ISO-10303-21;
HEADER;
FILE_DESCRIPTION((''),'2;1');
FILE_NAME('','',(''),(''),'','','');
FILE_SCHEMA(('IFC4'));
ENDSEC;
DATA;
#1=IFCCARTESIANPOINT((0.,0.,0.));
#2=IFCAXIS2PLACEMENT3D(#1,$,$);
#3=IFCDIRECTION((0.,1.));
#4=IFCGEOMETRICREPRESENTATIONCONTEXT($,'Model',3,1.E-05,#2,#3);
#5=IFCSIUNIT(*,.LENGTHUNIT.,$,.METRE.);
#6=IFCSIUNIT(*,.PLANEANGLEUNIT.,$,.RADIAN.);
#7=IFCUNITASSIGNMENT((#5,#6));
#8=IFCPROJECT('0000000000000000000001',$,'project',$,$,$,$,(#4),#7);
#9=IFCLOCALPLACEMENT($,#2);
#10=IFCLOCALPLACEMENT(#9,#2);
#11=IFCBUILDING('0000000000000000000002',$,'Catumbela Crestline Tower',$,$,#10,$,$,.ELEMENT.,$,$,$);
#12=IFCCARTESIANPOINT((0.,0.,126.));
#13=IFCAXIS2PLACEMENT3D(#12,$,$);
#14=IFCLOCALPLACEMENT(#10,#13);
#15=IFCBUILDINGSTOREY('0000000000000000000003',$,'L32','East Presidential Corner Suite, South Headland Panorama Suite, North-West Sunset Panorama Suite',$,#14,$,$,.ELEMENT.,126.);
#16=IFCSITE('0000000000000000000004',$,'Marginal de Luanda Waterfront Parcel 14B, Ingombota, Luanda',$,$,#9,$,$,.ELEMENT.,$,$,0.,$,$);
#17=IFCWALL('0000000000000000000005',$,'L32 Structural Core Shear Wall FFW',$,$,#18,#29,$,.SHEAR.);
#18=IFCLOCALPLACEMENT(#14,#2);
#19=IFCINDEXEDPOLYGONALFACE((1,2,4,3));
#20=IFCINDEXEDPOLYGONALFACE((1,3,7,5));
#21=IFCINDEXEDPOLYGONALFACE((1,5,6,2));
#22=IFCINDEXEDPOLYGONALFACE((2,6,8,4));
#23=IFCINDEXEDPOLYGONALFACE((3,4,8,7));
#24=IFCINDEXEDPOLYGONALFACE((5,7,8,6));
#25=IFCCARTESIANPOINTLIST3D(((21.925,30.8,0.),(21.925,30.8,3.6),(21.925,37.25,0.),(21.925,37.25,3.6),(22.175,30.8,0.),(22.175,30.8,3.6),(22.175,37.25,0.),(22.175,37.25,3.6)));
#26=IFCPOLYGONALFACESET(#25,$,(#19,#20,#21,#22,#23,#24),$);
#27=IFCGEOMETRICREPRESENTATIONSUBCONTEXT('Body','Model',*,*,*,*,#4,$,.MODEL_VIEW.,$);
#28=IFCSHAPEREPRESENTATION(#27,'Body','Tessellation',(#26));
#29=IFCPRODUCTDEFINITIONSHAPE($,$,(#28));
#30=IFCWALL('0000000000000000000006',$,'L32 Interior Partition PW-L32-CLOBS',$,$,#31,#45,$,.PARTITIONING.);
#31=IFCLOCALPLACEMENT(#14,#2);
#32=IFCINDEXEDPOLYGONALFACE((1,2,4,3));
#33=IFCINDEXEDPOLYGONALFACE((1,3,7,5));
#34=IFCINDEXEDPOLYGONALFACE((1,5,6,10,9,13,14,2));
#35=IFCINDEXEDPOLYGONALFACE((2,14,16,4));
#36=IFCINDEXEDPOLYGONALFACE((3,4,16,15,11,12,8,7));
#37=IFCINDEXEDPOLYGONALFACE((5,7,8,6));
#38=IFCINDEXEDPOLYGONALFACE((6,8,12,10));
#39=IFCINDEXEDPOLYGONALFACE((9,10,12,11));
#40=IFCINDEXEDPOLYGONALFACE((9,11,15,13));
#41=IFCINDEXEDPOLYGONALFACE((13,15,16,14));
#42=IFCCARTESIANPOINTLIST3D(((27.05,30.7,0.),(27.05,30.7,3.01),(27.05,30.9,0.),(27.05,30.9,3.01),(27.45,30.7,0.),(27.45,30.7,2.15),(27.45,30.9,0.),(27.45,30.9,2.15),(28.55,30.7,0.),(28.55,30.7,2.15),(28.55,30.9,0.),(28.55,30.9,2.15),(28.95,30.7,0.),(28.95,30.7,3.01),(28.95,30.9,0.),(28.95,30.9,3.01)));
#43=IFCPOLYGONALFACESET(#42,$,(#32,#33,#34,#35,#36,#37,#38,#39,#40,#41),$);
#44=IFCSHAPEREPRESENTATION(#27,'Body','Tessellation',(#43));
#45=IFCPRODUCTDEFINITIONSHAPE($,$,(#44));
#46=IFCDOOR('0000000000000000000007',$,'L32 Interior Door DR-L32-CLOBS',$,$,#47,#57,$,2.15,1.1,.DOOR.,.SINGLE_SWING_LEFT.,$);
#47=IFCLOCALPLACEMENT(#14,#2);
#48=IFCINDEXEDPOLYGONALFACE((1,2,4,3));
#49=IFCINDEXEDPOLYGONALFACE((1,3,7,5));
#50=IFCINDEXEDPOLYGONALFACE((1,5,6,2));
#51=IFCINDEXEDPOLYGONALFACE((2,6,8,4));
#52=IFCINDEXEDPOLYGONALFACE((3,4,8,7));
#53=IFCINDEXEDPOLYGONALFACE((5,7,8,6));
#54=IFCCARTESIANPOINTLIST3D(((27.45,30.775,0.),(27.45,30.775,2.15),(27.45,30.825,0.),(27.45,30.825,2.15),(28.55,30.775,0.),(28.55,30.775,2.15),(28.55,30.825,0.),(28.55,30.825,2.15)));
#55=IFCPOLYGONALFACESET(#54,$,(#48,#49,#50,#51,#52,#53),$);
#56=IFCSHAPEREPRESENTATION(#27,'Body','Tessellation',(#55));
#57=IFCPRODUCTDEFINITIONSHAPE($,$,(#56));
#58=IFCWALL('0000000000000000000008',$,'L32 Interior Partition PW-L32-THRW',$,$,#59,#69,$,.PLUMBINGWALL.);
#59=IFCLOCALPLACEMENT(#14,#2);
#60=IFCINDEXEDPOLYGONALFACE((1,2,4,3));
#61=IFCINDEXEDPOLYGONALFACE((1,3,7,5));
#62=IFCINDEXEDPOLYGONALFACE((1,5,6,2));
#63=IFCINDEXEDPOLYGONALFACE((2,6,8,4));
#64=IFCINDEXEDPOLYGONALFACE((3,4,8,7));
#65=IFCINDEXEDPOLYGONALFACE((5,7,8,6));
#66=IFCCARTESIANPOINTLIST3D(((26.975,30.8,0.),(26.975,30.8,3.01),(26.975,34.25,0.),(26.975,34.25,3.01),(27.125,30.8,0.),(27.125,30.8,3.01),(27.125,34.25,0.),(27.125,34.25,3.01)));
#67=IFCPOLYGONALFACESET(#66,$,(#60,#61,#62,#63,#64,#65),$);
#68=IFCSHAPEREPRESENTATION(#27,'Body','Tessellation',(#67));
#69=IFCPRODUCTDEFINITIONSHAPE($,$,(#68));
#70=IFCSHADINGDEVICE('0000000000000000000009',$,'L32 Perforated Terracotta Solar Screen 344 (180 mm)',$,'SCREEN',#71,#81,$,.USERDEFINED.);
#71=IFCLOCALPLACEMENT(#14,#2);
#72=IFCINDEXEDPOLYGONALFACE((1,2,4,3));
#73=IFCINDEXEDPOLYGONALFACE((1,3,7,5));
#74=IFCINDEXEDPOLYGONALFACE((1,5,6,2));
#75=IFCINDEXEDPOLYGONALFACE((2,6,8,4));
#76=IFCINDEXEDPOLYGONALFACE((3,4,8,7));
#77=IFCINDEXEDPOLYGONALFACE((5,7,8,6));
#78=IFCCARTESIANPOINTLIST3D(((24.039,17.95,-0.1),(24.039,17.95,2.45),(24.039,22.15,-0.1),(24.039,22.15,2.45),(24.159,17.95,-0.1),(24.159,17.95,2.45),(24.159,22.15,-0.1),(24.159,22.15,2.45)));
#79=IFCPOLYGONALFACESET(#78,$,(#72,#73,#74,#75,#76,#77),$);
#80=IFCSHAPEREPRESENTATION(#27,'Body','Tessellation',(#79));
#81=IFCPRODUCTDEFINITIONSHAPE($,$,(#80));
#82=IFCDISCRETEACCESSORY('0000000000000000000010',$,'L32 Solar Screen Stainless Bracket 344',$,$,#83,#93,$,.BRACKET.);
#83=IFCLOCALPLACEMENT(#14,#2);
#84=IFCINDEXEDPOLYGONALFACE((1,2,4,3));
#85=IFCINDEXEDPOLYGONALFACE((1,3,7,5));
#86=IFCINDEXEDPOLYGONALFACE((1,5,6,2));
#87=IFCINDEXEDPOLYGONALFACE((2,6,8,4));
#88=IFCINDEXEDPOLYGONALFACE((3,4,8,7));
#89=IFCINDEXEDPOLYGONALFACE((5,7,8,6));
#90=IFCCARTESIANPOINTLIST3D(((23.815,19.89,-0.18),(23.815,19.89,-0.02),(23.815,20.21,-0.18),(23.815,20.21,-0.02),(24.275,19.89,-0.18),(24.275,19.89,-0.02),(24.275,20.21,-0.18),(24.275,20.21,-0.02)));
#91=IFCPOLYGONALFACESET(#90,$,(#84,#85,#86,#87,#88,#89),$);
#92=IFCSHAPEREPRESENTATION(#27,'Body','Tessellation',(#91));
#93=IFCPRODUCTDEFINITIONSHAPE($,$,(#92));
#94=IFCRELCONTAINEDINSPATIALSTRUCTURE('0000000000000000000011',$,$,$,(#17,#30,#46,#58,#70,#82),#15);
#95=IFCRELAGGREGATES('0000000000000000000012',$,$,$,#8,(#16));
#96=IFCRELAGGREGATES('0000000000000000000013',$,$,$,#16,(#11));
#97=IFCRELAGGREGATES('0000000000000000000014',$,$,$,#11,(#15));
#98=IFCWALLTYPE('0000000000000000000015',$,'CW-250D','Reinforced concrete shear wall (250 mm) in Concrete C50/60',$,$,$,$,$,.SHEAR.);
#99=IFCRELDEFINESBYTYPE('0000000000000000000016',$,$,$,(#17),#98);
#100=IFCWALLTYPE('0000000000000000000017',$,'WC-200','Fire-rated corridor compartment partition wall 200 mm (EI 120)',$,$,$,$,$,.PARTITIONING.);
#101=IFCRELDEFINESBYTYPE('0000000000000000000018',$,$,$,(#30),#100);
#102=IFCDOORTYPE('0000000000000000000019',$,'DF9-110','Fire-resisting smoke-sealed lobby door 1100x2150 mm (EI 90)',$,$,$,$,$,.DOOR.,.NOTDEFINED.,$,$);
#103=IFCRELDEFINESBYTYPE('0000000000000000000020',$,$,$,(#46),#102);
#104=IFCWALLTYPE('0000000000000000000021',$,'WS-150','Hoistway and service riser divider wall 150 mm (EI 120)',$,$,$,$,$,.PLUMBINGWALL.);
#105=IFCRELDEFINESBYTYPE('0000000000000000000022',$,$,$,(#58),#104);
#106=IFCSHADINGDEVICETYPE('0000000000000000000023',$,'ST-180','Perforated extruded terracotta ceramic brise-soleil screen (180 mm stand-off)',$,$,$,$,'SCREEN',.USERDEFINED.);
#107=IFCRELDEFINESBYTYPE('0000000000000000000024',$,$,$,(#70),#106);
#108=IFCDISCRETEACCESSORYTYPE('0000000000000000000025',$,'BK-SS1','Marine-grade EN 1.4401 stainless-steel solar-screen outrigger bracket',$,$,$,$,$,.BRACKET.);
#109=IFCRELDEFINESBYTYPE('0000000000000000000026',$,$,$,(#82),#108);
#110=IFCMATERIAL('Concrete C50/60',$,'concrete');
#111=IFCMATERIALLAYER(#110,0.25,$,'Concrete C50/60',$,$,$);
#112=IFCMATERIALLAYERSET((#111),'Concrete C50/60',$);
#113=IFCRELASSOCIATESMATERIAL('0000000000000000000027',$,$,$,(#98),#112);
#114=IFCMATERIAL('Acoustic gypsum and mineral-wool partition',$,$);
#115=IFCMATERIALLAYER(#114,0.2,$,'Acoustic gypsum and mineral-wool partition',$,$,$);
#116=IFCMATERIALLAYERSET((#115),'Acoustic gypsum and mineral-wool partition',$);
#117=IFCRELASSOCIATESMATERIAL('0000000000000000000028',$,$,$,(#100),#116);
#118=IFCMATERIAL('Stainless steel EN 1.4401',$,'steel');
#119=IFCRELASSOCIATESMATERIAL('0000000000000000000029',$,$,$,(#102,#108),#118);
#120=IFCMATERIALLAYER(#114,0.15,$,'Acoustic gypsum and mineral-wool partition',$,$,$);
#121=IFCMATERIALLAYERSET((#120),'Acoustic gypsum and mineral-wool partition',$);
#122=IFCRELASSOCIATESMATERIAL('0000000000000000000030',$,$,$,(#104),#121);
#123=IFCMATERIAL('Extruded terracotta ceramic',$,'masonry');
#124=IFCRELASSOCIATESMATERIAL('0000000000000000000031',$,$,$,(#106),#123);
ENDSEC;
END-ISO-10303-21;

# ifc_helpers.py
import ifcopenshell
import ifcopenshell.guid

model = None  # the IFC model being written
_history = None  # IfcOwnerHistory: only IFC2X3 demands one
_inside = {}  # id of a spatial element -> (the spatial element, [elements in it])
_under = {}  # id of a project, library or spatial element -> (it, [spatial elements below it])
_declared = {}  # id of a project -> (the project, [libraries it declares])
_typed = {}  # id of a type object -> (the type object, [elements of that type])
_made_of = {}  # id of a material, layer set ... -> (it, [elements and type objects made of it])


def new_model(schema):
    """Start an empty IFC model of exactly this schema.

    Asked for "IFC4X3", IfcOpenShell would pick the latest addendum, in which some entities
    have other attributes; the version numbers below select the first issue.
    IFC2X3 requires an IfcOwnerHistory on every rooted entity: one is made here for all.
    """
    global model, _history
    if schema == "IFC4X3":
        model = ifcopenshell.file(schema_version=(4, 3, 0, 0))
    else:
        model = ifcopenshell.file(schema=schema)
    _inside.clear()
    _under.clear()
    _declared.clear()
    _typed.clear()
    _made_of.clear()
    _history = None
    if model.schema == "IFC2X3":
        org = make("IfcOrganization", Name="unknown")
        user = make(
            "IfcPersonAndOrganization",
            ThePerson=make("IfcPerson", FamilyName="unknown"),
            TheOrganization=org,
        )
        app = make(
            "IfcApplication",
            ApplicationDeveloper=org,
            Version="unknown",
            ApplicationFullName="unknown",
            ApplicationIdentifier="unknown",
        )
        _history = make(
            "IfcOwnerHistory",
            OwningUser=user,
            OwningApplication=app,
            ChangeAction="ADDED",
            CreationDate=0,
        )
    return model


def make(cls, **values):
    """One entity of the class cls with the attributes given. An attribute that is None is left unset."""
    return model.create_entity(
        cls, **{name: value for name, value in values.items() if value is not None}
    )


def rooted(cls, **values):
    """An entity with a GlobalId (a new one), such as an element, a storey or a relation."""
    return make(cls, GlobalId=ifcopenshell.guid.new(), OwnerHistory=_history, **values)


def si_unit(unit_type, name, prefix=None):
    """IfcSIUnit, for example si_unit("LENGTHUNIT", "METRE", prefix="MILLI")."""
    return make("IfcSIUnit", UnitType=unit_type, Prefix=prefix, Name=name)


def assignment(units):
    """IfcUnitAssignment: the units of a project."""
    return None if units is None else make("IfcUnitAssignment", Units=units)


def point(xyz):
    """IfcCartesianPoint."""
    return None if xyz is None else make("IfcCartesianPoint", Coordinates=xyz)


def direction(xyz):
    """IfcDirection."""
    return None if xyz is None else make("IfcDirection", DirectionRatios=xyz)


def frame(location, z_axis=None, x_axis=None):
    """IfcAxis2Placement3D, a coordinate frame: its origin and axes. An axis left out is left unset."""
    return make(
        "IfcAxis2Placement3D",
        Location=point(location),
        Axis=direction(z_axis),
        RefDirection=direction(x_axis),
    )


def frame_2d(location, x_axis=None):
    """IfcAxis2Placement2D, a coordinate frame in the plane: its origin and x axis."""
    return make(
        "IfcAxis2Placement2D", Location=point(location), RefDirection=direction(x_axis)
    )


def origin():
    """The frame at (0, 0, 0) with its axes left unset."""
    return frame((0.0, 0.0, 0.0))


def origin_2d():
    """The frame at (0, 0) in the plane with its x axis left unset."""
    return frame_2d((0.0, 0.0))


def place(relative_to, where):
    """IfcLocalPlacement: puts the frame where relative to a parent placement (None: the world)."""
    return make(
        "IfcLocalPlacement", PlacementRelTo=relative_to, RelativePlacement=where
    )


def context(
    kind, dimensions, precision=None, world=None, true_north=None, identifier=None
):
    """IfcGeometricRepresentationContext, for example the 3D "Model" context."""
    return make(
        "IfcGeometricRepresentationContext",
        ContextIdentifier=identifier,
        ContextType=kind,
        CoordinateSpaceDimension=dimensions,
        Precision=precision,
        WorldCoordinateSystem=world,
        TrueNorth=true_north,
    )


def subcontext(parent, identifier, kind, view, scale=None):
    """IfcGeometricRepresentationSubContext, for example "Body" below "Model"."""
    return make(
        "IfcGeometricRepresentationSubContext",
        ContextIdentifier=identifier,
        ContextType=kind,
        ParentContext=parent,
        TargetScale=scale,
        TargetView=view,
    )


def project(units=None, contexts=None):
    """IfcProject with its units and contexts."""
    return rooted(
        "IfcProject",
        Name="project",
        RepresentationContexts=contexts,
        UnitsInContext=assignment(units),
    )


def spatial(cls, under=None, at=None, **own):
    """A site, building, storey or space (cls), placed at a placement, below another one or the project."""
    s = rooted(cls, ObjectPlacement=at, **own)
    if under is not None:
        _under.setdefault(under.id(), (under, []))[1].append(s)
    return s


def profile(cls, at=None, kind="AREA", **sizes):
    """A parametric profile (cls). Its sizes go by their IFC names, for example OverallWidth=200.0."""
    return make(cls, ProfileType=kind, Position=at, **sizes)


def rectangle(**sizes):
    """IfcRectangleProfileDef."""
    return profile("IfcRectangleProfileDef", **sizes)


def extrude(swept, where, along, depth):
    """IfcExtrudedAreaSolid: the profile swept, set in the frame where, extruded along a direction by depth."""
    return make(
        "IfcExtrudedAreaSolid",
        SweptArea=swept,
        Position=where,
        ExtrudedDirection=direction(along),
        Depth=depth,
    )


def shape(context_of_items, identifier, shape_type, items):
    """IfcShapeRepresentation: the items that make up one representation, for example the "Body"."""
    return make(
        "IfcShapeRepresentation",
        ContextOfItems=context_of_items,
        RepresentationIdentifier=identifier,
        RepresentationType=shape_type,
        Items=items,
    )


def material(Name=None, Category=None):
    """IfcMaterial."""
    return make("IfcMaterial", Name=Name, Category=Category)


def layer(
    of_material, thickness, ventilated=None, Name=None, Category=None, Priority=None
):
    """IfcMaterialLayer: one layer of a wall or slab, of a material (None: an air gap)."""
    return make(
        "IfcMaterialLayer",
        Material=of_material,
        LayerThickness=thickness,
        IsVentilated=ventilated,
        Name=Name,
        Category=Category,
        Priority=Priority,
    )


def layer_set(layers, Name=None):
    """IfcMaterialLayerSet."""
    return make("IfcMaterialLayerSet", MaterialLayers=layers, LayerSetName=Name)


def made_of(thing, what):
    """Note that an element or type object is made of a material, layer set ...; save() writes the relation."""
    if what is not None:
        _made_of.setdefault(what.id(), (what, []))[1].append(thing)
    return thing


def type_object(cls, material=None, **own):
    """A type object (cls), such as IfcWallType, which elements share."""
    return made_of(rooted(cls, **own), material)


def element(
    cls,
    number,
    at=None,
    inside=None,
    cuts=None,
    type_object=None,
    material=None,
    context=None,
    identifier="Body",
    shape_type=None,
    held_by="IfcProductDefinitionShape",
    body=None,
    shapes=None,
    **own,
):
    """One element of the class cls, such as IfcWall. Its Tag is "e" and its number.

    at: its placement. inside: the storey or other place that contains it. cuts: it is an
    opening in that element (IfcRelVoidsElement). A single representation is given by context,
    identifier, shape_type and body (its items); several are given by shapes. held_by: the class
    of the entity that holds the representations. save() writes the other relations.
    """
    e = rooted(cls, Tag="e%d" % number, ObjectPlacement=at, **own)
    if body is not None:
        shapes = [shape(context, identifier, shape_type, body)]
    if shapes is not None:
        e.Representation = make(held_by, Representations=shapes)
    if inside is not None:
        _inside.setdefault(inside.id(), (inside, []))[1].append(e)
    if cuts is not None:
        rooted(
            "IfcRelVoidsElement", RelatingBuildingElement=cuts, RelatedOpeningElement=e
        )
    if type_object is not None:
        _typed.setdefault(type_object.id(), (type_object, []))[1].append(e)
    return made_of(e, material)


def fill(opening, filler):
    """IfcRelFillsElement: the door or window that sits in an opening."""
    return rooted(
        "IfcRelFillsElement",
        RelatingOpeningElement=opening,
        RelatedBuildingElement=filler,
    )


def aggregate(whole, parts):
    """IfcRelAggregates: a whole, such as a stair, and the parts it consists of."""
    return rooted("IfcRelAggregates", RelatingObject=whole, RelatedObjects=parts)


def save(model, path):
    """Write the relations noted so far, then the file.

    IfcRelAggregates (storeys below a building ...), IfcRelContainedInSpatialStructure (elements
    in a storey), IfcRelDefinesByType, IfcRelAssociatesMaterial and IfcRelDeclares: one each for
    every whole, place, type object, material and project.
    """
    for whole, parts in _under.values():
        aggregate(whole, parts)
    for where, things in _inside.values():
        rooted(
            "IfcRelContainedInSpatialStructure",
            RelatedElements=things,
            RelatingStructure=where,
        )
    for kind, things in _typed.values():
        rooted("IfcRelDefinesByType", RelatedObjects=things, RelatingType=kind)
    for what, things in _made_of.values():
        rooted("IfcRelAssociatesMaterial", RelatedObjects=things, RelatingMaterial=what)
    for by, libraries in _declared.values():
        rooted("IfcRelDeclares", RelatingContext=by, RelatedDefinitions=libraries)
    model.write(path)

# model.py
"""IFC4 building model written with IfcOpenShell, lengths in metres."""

from ifc_helpers import new_model, si_unit, direction, frame, frame_2d, origin, origin_2d, place, context, subcontext, project, spatial, rectangle, extrude, material, layer, layer_set, type_object, element, fill, save


model = new_model("IFC4")

# Units and contexts
model_context = context("Model", 3, precision=1e-05, world=origin(), true_north=direction((0.0, 1.0)))
body_context = subcontext(model_context, "Body", "Model", "MODEL_VIEW")
ifc_project = project(units=[si_unit("LENGTHUNIT", "METRE"), si_unit("PLANEANGLEUNIT", "RADIAN")], contexts=[model_context])

# Site, building, storey
site_placement = place(None, origin())
site = spatial("IfcSite", under=ifc_project, at=site_placement, Name="Marginal de Luanda Waterfront Parcel 14B, Ingombota, Luanda", CompositionType="ELEMENT", RefElevation=0.0)
building_placement = place(site_placement, origin())
building = spatial("IfcBuilding", under=site, at=building_placement, Name="Catumbela Crestline Tower", CompositionType="ELEMENT")
storey_placement = place(building_placement, frame((0.0, 0.0, 126.0)))
storey = spatial("IfcBuildingStorey", under=building, at=storey_placement, Name="L32", Description="East Presidential Corner Suite, South Headland Panorama Suite, North-West Sunset Panorama Suite", CompositionType="ELEMENT", Elevation=126.0)

# Shared definitions
ifc_material_1 = material(Name="Concrete C50/60", Category="concrete")

# Wall
ifc_layer_1 = layer(ifc_material_1, 0.25, Name="Concrete C50/60")
ifc_layer_set_1 = layer_set([ifc_layer_1], Name="Concrete C50/60")
wall_type_1 = type_object("IfcWallType", Name="CW-250D", Description="Reinforced concrete shear wall (250 mm) in Concrete C50/60", PredefinedType="SHEAR", material=ifc_layer_set_1)
wall_1_placement = place(storey_placement, frame((22.05, 30.8, 0.0), z_axis=(0.0, 0.0, 1.0), x_axis=(0.0, 1.0, 0.0)))
element("IfcWall", 1, at=wall_1_placement, inside=storey, type_object=wall_type_1, Name="L32 Structural Core Shear Wall FFW", PredefinedType="SHEAR", context=body_context, shape_type="SweptSolid", body=[
    extrude(rectangle(XDim=6.45, YDim=0.25, at=frame_2d((3.225, 0.0))), origin(), (0.0, 0.0, 1.0), 3.6),
])

# Wall, opening, door
ifc_material_2 = material(Name="Acoustic gypsum and mineral-wool partition")
ifc_layer_2 = layer(ifc_material_2, 0.2, Name="Acoustic gypsum and mineral-wool partition")
ifc_layer_set_2 = layer_set([ifc_layer_2], Name="Acoustic gypsum and mineral-wool partition")
wall_type_2 = type_object("IfcWallType", Name="WC-200", Description="Fire-rated corridor compartment partition wall 200 mm (EI 120)", PredefinedType="PARTITIONING", material=ifc_layer_set_2)
wall_2_placement = place(storey_placement, frame((27.05, 30.8, 0.0), z_axis=(0.0, 0.0, 1.0), x_axis=(1.0, 0.0, 0.0)))
wall_2 = element("IfcWall", 2, at=wall_2_placement, inside=storey, type_object=wall_type_2, Name="L32 Interior Partition PW-L32-CLOBS", PredefinedType="PARTITIONING", context=body_context, shape_type="SweptSolid", body=[
    extrude(rectangle(XDim=1.9, YDim=0.2, at=frame_2d((0.95, 0.0))), origin(), (0.0, 0.0, 1.0), 3.01),
])
opening_placement = place(wall_2_placement, frame((0.4, 0.0, 0.0)))
opening = element("IfcOpeningElement", 3, at=opening_placement, cuts=wall_2, PredefinedType="OPENING", context=body_context, shape_type="SweptSolid", body=[
    extrude(rectangle(XDim=1.1, YDim=2.15, at=frame_2d((0.55, 1.075))), frame((0.0, 0.11, 0.0), z_axis=(0.0, -1.0, 0.0), x_axis=(1.0, 0.0, 0.0)), (0.0, 0.0, 1.0), 0.22),
])
ifc_material_3 = material(Name="Stainless steel EN 1.4401", Category="steel")
door_type = type_object("IfcDoorType", Name="DF9-110", Description="Fire-resisting smoke-sealed lobby door 1100x2150 mm (EI 90)", OperationType="NOTDEFINED", PredefinedType="DOOR", material=ifc_material_3)
door_placement = place(opening_placement, origin())
door = element("IfcDoor", 4, at=door_placement, inside=storey, type_object=door_type, Name="L32 Interior Door DR-L32-CLOBS", OperationType="SINGLE_SWING_LEFT", OverallHeight=2.15, OverallWidth=1.1, PredefinedType="DOOR", context=body_context, shape_type="SweptSolid", body=[
    extrude(rectangle(XDim=1.1, YDim=2.15, at=frame_2d((0.55, 1.075))), frame((0.0, 0.025, 0.0), z_axis=(0.0, -1.0, 0.0), x_axis=(1.0, 0.0, 0.0)), (0.0, 0.0, 1.0), 0.05),
])
fill(opening, door)

# Wall
ifc_layer_3 = layer(ifc_material_2, 0.15, Name="Acoustic gypsum and mineral-wool partition")
ifc_layer_set_3 = layer_set([ifc_layer_3], Name="Acoustic gypsum and mineral-wool partition")
wall_type_3 = type_object("IfcWallType", Name="WS-150", Description="Hoistway and service riser divider wall 150 mm (EI 120)", PredefinedType="PLUMBINGWALL", material=ifc_layer_set_3)
wall_3_placement = place(storey_placement, frame((27.05, 30.8, 0.0), z_axis=(0.0, 0.0, 1.0), x_axis=(0.0, 1.0, 0.0)))
element("IfcWall", 5, at=wall_3_placement, inside=storey, type_object=wall_type_3, Name="L32 Interior Partition PW-L32-THRW", PredefinedType="PLUMBINGWALL", context=body_context, shape_type="SweptSolid", body=[
    extrude(rectangle(XDim=3.45, YDim=0.15, at=frame_2d((1.725, 0.0))), origin(), (0.0, 0.0, 1.0), 3.01),
])

# Shading device
ifc_material_4 = material(Name="Extruded terracotta ceramic", Category="masonry")
shading_device_type = type_object("IfcShadingDeviceType", Name="ST-180", Description="Perforated extruded terracotta ceramic brise-soleil screen (180 mm stand-off)", ElementType="SCREEN", PredefinedType="USERDEFINED", material=ifc_material_4)
shading_device_placement = place(storey_placement, frame((24.099, 20.05, -0.1), z_axis=(0.0, 0.0, 1.0), x_axis=(0.0, 1.0, 0.0)))
element("IfcShadingDevice", 6, at=shading_device_placement, inside=storey, type_object=shading_device_type, Name="L32 Perforated Terracotta Solar Screen 344 (180 mm)", ObjectType="SCREEN", PredefinedType="USERDEFINED", context=body_context, shape_type="SweptSolid", body=[
    extrude(rectangle(XDim=4.2, YDim=0.12, at=origin_2d()), origin(), (0.0, 0.0, 1.0), 2.55),
])

# Discrete accessory
discrete_accessory_type = type_object("IfcDiscreteAccessoryType", Name="BK-SS1", Description="Marine-grade EN 1.4401 stainless-steel solar-screen outrigger bracket", PredefinedType="BRACKET", material=ifc_material_3)
discrete_accessory_placement = place(storey_placement, frame((24.045, 20.05, -0.18), z_axis=(0.0, 0.0, 1.0), x_axis=(0.0, 1.0, 0.0)))
element("IfcDiscreteAccessory", 7, at=discrete_accessory_placement, inside=storey, type_object=discrete_accessory_type, Name="L32 Solar Screen Stainless Bracket 344", PredefinedType="BRACKET", context=body_context, shape_type="SweptSolid", body=[
    extrude(rectangle(XDim=0.32, YDim=0.46, at=origin_2d()), origin(), (0.0, 0.0, 1.0), 0.16),
])

save(model, "model.ifc")
